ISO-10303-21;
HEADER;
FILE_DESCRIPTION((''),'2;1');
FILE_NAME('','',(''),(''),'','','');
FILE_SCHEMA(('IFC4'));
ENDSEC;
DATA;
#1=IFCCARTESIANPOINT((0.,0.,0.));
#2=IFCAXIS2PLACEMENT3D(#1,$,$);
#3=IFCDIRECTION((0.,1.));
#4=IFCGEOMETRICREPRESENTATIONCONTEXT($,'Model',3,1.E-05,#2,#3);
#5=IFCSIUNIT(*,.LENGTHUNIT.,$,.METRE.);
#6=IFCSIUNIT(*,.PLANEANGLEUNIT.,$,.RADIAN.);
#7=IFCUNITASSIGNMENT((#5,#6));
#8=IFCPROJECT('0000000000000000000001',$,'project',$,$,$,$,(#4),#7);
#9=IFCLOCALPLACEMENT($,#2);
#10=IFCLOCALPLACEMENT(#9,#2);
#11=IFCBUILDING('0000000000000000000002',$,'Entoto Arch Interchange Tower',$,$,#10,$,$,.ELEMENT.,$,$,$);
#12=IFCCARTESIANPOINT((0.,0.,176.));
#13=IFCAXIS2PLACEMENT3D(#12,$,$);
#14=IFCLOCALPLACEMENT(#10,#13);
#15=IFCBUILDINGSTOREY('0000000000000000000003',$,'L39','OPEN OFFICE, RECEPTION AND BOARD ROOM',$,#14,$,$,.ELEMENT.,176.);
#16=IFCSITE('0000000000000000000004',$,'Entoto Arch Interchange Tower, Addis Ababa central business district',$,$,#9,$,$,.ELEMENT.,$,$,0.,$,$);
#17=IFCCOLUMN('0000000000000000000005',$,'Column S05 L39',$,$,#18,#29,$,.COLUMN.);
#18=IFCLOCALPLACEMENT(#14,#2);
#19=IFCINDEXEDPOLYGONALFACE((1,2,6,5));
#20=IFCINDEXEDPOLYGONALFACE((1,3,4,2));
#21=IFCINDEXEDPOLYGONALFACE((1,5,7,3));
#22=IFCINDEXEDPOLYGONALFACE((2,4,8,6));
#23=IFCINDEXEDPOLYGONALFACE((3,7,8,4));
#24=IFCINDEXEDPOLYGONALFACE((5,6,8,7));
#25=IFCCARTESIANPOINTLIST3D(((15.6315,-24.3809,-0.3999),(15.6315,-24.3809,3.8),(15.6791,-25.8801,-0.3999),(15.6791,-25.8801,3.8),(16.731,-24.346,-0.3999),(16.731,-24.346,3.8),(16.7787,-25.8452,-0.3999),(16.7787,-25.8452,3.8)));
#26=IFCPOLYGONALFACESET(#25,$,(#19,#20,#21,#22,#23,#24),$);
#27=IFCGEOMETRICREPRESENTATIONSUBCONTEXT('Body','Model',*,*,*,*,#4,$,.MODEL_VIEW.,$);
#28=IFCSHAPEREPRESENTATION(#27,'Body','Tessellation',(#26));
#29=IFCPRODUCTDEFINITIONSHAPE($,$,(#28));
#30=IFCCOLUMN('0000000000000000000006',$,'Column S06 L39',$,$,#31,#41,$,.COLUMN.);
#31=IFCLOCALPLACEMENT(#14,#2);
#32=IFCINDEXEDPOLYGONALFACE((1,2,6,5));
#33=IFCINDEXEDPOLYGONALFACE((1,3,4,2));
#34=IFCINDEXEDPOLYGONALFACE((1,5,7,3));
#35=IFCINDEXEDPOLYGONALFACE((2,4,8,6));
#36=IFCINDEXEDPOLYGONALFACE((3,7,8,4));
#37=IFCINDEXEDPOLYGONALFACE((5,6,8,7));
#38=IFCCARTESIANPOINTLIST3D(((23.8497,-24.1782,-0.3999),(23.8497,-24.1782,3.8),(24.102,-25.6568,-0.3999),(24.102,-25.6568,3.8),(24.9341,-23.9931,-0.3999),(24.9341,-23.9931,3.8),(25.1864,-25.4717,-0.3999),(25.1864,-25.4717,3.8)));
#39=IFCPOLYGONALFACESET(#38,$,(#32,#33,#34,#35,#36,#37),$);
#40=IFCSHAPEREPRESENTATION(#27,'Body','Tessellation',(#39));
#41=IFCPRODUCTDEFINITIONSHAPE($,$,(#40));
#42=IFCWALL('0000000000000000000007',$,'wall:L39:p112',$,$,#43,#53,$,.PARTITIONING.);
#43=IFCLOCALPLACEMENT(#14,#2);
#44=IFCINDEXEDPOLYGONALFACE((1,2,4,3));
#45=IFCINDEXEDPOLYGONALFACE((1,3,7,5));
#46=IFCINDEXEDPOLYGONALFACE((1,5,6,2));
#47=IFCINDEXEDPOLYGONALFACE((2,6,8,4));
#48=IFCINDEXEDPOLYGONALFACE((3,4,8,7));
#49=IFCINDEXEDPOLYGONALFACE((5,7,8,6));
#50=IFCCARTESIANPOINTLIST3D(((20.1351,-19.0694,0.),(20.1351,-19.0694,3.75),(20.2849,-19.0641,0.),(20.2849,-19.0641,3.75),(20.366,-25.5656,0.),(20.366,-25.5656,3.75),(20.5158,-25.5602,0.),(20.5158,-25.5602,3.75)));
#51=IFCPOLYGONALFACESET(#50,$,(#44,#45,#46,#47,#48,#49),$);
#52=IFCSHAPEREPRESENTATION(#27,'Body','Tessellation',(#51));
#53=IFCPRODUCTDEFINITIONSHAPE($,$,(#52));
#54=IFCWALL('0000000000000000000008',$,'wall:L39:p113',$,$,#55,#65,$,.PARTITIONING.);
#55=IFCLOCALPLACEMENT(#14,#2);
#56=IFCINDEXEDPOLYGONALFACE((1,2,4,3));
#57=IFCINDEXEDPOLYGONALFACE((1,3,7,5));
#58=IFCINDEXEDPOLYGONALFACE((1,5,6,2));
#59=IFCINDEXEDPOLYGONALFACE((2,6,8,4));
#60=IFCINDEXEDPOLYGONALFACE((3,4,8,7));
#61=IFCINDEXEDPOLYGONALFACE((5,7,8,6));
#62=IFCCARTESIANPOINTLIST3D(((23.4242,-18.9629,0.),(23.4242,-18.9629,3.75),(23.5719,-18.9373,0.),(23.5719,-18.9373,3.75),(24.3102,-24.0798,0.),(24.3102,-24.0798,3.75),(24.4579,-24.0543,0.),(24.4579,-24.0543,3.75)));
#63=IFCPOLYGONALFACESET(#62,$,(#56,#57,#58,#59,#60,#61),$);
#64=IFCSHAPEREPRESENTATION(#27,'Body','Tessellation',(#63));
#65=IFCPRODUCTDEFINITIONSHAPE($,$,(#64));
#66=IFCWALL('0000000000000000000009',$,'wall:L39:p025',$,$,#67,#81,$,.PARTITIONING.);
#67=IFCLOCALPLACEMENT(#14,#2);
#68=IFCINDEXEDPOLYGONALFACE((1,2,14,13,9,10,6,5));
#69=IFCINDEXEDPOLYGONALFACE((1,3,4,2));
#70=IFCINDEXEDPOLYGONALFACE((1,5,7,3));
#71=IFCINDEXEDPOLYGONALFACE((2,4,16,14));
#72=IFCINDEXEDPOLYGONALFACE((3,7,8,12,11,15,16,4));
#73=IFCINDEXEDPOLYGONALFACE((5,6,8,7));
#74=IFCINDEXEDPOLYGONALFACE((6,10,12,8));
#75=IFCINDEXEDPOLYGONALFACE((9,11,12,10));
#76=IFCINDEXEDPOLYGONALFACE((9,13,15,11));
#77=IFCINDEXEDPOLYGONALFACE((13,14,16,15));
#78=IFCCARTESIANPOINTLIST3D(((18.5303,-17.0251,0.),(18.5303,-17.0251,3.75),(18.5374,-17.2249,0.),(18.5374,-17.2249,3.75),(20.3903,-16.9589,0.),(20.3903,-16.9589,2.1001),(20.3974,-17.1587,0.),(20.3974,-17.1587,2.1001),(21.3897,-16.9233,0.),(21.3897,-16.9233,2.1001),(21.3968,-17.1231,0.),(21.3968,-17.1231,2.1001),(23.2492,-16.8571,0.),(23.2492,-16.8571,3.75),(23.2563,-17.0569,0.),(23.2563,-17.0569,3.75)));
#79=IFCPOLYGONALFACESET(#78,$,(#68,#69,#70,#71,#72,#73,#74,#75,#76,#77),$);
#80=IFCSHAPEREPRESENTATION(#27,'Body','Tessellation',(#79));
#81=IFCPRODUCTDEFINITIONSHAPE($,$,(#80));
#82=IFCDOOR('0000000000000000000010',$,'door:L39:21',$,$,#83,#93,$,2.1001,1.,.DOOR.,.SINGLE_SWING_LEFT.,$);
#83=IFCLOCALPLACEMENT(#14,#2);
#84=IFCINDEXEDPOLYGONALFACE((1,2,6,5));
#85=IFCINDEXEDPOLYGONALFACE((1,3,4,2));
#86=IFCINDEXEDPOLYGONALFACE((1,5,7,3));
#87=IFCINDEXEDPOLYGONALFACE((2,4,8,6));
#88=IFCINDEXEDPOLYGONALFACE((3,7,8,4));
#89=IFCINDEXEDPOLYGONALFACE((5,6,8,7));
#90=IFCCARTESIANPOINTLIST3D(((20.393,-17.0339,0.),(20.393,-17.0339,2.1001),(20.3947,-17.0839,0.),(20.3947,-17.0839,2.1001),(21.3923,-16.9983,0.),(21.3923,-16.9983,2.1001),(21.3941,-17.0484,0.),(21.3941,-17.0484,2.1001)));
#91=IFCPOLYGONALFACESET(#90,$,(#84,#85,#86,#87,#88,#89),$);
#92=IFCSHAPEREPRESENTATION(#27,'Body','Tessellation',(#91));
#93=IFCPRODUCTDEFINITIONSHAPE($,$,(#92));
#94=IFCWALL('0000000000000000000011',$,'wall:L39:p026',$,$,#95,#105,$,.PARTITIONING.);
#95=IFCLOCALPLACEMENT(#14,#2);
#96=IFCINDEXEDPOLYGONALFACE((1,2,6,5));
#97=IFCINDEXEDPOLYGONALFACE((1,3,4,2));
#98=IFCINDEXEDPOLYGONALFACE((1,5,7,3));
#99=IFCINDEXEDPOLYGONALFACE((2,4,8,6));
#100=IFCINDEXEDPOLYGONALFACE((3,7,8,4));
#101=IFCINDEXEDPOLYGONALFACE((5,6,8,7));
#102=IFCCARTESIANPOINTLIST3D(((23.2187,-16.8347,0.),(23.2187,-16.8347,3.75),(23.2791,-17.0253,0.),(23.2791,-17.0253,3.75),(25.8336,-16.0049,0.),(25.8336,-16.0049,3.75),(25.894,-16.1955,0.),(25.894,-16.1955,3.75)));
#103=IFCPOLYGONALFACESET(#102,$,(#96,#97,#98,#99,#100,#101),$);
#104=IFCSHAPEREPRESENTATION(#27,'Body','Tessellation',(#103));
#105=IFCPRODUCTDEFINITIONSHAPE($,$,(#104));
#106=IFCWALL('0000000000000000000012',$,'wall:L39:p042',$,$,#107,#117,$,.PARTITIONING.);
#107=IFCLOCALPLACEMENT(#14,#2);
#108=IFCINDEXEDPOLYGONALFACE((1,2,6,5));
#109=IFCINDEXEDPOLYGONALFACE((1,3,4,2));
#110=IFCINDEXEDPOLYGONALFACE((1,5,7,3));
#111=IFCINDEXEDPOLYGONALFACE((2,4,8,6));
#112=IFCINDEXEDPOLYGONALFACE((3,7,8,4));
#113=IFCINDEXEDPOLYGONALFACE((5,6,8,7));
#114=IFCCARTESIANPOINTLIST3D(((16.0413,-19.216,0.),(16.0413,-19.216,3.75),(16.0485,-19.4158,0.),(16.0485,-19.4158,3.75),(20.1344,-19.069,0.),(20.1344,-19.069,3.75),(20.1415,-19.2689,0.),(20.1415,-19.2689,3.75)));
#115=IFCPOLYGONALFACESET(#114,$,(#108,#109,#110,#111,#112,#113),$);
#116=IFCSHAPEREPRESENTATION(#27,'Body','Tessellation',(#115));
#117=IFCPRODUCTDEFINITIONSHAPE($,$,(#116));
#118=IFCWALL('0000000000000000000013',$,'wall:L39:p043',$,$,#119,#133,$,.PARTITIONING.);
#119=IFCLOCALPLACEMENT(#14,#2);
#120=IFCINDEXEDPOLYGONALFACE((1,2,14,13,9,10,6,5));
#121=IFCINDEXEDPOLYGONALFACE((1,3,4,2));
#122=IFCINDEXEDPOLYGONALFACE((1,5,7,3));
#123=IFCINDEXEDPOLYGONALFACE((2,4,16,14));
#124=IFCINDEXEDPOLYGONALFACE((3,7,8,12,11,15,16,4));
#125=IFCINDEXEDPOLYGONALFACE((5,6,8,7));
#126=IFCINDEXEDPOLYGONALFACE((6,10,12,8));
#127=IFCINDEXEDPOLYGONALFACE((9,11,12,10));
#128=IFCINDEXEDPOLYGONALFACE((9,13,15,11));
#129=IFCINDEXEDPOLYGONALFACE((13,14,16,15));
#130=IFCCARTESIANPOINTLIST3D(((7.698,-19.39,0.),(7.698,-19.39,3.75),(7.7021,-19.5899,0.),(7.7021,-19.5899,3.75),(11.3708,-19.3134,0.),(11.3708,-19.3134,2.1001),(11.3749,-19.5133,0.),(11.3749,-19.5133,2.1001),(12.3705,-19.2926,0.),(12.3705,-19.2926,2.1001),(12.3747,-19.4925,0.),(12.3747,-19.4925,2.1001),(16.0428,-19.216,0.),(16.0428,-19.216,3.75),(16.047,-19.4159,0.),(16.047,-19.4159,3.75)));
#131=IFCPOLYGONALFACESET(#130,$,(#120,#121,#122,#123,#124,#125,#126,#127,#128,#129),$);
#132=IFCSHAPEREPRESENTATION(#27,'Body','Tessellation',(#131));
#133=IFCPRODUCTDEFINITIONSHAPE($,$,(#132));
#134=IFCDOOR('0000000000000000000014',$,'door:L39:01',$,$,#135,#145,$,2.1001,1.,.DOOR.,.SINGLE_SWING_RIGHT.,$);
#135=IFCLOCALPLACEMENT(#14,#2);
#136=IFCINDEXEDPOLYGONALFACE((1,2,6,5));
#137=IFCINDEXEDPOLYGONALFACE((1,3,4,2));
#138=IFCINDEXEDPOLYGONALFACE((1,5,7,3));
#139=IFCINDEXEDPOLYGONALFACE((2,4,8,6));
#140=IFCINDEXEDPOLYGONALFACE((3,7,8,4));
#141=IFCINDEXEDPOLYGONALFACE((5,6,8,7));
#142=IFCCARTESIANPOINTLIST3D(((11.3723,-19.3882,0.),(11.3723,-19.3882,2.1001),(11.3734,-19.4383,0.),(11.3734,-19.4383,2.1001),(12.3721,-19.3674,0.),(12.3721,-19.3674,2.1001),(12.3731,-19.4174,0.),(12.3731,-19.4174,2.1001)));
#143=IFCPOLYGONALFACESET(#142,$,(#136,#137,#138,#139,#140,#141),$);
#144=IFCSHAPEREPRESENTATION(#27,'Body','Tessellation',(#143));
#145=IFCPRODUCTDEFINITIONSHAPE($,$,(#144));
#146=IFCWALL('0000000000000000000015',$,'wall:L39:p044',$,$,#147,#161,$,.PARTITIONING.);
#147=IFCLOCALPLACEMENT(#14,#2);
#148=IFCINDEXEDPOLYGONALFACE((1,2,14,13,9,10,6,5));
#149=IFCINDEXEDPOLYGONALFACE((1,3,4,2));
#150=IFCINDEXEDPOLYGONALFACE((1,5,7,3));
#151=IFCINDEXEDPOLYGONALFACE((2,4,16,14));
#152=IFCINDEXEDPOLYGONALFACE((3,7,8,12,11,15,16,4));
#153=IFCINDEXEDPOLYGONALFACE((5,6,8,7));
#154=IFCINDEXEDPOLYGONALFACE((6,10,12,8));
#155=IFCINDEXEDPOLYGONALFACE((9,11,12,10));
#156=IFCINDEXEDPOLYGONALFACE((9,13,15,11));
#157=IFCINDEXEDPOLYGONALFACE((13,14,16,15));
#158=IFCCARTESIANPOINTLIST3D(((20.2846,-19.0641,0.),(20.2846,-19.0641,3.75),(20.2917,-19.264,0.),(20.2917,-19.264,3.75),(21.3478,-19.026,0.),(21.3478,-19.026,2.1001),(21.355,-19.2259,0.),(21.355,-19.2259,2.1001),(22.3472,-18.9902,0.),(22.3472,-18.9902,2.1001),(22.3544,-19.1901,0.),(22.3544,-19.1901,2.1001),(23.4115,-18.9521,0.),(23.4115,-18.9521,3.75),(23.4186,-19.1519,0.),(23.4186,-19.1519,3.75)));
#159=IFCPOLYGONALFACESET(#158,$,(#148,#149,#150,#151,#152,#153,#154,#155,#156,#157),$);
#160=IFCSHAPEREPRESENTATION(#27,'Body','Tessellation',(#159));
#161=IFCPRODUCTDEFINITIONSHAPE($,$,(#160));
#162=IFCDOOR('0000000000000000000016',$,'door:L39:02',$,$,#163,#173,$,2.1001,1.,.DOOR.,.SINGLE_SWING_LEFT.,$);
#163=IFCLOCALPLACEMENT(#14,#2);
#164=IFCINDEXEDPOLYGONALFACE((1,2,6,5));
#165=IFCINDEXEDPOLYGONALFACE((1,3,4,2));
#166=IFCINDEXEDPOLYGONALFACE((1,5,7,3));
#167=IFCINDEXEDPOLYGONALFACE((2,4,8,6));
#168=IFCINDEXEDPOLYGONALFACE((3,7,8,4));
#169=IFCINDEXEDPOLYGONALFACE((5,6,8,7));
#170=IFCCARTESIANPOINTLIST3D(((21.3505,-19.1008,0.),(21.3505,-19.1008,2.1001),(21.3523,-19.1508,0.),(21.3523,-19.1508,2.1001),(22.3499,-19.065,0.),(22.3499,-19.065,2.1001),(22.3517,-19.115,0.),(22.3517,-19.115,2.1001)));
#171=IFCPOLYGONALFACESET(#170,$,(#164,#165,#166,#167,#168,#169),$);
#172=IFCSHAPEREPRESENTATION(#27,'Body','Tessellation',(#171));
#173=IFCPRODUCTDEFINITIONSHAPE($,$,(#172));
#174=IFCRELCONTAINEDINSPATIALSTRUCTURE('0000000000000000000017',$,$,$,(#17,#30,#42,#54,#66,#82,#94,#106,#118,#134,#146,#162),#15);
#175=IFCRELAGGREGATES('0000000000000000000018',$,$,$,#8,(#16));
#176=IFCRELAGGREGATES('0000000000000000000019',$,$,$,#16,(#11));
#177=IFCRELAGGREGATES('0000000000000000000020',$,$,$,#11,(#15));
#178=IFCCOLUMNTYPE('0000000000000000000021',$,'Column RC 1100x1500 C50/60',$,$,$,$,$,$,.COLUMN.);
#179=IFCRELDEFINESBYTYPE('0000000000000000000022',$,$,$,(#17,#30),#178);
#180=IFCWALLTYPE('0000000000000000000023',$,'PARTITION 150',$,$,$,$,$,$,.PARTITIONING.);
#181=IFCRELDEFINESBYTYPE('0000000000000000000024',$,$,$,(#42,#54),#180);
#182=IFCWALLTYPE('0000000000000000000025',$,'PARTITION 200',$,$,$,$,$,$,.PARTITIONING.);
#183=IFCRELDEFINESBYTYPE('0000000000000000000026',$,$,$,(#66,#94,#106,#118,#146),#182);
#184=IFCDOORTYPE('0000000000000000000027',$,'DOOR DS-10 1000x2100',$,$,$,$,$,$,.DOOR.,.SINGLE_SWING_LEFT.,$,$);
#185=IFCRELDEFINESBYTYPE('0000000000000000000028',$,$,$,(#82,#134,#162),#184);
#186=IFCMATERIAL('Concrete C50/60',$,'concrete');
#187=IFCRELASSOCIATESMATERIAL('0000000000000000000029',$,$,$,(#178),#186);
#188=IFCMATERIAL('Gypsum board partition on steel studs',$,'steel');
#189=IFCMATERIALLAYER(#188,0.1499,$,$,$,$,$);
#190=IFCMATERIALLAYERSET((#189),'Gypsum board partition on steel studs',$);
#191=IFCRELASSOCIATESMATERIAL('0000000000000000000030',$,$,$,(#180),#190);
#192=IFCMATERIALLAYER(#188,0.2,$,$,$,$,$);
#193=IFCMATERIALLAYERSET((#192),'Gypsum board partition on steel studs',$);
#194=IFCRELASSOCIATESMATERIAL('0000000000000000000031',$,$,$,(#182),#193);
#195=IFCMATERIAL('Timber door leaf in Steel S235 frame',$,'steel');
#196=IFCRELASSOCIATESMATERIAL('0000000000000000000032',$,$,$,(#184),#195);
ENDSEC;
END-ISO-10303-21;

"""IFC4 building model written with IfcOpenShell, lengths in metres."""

from ifc_helpers import new_model, si_unit, direction, frame, frame_2d, origin, origin_2d, place, context, subcontext, project, spatial, rectangle, extrude, material, layer, layer_set, material_profile, profile_set, type_object, element, fill, save


model = new_model("IFC4")

# Units and contexts
model_context = context("Model", 3, precision=1e-05, world=origin(), true_north=direction((0.0, 1.0)))
body_context = subcontext(model_context, "Body", "Model", "MODEL_VIEW")
ifc_project = project(units=[si_unit("LENGTHUNIT", "METRE"), si_unit("PLANEANGLEUNIT", "RADIAN")], contexts=[model_context])

# Site, building, storey
site_placement = place(None, origin())
site = spatial("IfcSite", under=ifc_project, at=site_placement, Name="Entoto Arch Interchange Tower, Addis Ababa central business district", CompositionType="ELEMENT", RefElevation=0.0)
building_placement = place(site_placement, origin())
building = spatial("IfcBuilding", under=site, at=building_placement, Name="Entoto Arch Interchange Tower", CompositionType="ELEMENT")
storey_placement = place(building_placement, frame((0.0, 0.0, 176.0)))
storey = spatial("IfcBuildingStorey", under=building, at=storey_placement, Name="L39", Description="OPEN OFFICE, RECEPTION AND BOARD ROOM", CompositionType="ELEMENT", Elevation=176.0)

# Columns
ifc_material_1 = material(Name="Concrete C50/60", Category="concrete")
ifc_material_profile = material_profile(ifc_material_1, rectangle(XDim=1.1001, YDim=1.5, at=origin_2d()))
ifc_profile_set = profile_set([ifc_material_profile], Name="Concrete C50/60")
column_type = type_object("IfcColumnType", Name="Column RC 1100x1500 C50/60", PredefinedType="COLUMN", material=ifc_profile_set)
for number, where, z_axis, x_axis, name in (
    (1, (16.2051, -25.113, -0.3999), (0.0, 0.0, 1.0), (0.999496, 0.031742, 0.0), "Column S05 L39"),
    (2, (24.5181, -24.825, -0.3999), (0.0, 0.0, 1.0), (0.985753, 0.168197, 0.0), "Column S06 L39"),
):
    element("IfcColumn", number, at=place(storey_placement, frame(where, z_axis=z_axis, x_axis=x_axis)), inside=storey, type_object=column_type, Name=name, PredefinedType="COLUMN", context=body_context, shape_type="SweptSolid", body=[
        extrude(rectangle(XDim=1.1001, YDim=1.5, at=origin_2d()), origin(), (0.0, 0.0, 1.0), 4.2),
    ])

# Walls
ifc_material_2 = material(Name="Gypsum board partition on steel studs", Category="steel")
ifc_layer_1 = layer(ifc_material_2, 0.1499)
ifc_layer_set_1 = layer_set([ifc_layer_1], Name="Gypsum board partition on steel studs")
wall_type_1 = type_object("IfcWallType", Name="PARTITION 150", PredefinedType="PARTITIONING", material=ifc_layer_set_1)
wall_1_placement = place(storey_placement, frame((20.21, -19.0669, 0.0), z_axis=(0.0, 0.0, 1.0), x_axis=(0.035531, -0.999369, 0.0)))
element("IfcWall", 3, at=wall_1_placement, inside=storey, type_object=wall_type_1, Name="wall:L39:p112", PredefinedType="PARTITIONING", context=body_context, shape_type="SweptSolid", body=[
    extrude(rectangle(XDim=6.5002, YDim=0.1499, at=frame_2d((3.25, 0.0))), origin(), (0.0, 0.0, 1.0), 3.75),
])
wall_2_placement = place(storey_placement, frame((23.498, -18.95, 0.0), z_axis=(0.0, 0.0, 1.0), x_axis=(0.170609, -0.985339, 0.0)))
element("IfcWall", 4, at=wall_2_placement, inside=storey, type_object=wall_type_1, Name="wall:L39:p113", PredefinedType="PARTITIONING", context=body_context, shape_type="SweptSolid", body=[
    extrude(rectangle(XDim=5.1931, YDim=0.1499, at=frame_2d((2.5967, 0.0))), origin(), (0.0, 0.0, 1.0), 3.75),
])

# Wall, opening, door
ifc_layer_2 = layer(ifc_material_2, 0.2)
ifc_layer_set_2 = layer_set([ifc_layer_2], Name="Gypsum board partition on steel studs")
wall_type_2 = type_object("IfcWallType", Name="PARTITION 200", PredefinedType="PARTITIONING", material=ifc_layer_set_2)
wall_3_placement = place(storey_placement, frame((18.5339, -17.125, 0.0), z_axis=(0.0, 0.0, 1.0), x_axis=(0.999367, 0.035572, 0.0)))
wall_3 = element("IfcWall", 5, at=wall_3_placement, inside=storey, type_object=wall_type_2, Name="wall:L39:p025", PredefinedType="PARTITIONING", context=body_context, shape_type="SweptSolid", body=[
    extrude(rectangle(XDim=4.7219, YDim=0.2, at=frame_2d((2.3608, 0.0))), origin(), (0.0, 0.0, 1.0), 3.75),
])
opening_1_placement = place(wall_3_placement, frame((1.8611, 0.0, 0.0)))
opening_1 = element("IfcOpeningElement", 6, at=opening_1_placement, cuts=wall_3, PredefinedType="OPENING", context=body_context, shape_type="SweptSolid", body=[
    extrude(rectangle(XDim=1.0, YDim=2.1001, at=frame_2d((0.5, 1.05))), frame((0.0, 0.1099, 0.0), z_axis=(0.0, -1.0, 0.0), x_axis=(1.0, 0.0, 0.0)), (0.0, 0.0, 1.0), 0.22),
])
ifc_material_3 = material(Name="Timber door leaf in Steel S235 frame", Category="steel")
door_type = type_object("IfcDoorType", Name="DOOR DS-10 1000x2100", OperationType="SINGLE_SWING_LEFT", PredefinedType="DOOR", material=ifc_material_3)
door_1_placement = place(opening_1_placement, origin())
door_1 = element("IfcDoor", 7, at=door_1_placement, inside=storey, type_object=door_type, Name="door:L39:21", OperationType="SINGLE_SWING_LEFT", OverallHeight=2.1001, OverallWidth=1.0, PredefinedType="DOOR", context=body_context, shape_type="SweptSolid", body=[
    extrude(rectangle(XDim=1.0, YDim=2.1001, at=frame_2d((0.5, 1.05))), frame((0.0, 0.0249, 0.0), z_axis=(0.0, -1.0, 0.0), x_axis=(1.0, 0.0, 0.0)), (0.0, 0.0, 1.0), 0.05),
])
fill(opening_1, door_1)

# Walls
wall_4_placement = place(storey_placement, frame((23.249, -16.9299, 0.0), z_axis=(0.0, 0.0, 1.0), x_axis=(0.953158, 0.302473, 0.0)))
element("IfcWall", 8, at=wall_4_placement, inside=storey, type_object=wall_type_2, Name="wall:L39:p026", PredefinedType="PARTITIONING", context=body_context, shape_type="SweptSolid", body=[
    extrude(rectangle(XDim=2.7434, YDim=0.2, at=frame_2d((1.3716, 0.0))), origin(), (0.0, 0.0, 1.0), 3.75),
])
wall_5_placement = place(storey_placement, frame((20.1379, -19.1689, 0.0), z_axis=(0.0, 0.0, 1.0), x_axis=(-0.999356, -0.035885, 0.0)))
element("IfcWall", 9, at=wall_5_placement, inside=storey, type_object=wall_type_2, Name="wall:L39:p042", PredefinedType="PARTITIONING", context=body_context, shape_type="SweptSolid", body=[
    extrude(rectangle(XDim=4.0957, YDim=0.2, at=frame_2d((2.0479, 0.0))), origin(), (0.0, 0.0, 1.0), 3.75),
])

# Walls, openings, doors
wall_6_placement = place(storey_placement, frame((16.0449, -19.3159, 0.0), z_axis=(0.0, 0.0, 1.0), x_axis=(-0.999783, -0.020855, 0.0)))
wall_6 = element("IfcWall", 10, at=wall_6_placement, inside=storey, type_object=wall_type_2, Name="wall:L39:p043", PredefinedType="PARTITIONING", context=body_context, shape_type="SweptSolid", body=[
    extrude(rectangle(XDim=8.3467, YDim=0.2, at=frame_2d((4.1733, 0.0))), origin(), (0.0, 0.0, 1.0), 3.75),
])
opening_2_placement = place(wall_6_placement, frame((3.6731, 0.0, 0.0)))
opening_2 = element("IfcOpeningElement", 11, at=opening_2_placement, cuts=wall_6, PredefinedType="OPENING", context=body_context, shape_type="SweptSolid", body=[
    extrude(rectangle(XDim=1.0, YDim=2.1001, at=frame_2d((0.5, 1.05))), frame((0.0, 0.1099, 0.0), z_axis=(0.0, -1.0, 0.0), x_axis=(1.0, 0.0, 0.0)), (0.0, 0.0, 1.0), 0.22),
])
door_2_placement = place(opening_2_placement, origin())
door_2 = element("IfcDoor", 12, at=door_2_placement, inside=storey, type_object=door_type, Name="door:L39:01", OperationType="SINGLE_SWING_RIGHT", OverallHeight=2.1001, OverallWidth=1.0, PredefinedType="DOOR", context=body_context, shape_type="SweptSolid", body=[
    extrude(rectangle(XDim=1.0, YDim=2.1001, at=frame_2d((0.5, 1.05))), frame((0.0, 0.0249, 0.0), z_axis=(0.0, -1.0, 0.0), x_axis=(1.0, 0.0, 0.0)), (0.0, 0.0, 1.0), 0.05),
])
fill(opening_2, door_2)
wall_7_placement = place(storey_placement, frame((23.415, -19.052, 0.0), z_axis=(0.0, 0.0, 1.0), x_axis=(-0.999358, -0.035814, 0.0)))
wall_7 = element("IfcWall", 13, at=wall_7_placement, inside=storey, type_object=wall_type_2, Name="wall:L39:p044", PredefinedType="PARTITIONING", context=body_context, shape_type="SweptSolid", body=[
    extrude(rectangle(XDim=3.1289, YDim=0.2, at=frame_2d((1.5645, 0.0))), origin(), (0.0, 0.0, 1.0), 3.75),
])
opening_3_placement = place(wall_7_placement, frame((1.0649, 0.0, 0.0)))
opening_3 = element("IfcOpeningElement", 14, at=opening_3_placement, cuts=wall_7, PredefinedType="OPENING", context=body_context, shape_type="SweptSolid", body=[
    extrude(rectangle(XDim=1.0, YDim=2.1001, at=frame_2d((0.5, 1.05))), frame((0.0, 0.1099, 0.0), z_axis=(0.0, -1.0, 0.0), x_axis=(1.0, 0.0, 0.0)), (0.0, 0.0, 1.0), 0.22),
])
door_3_placement = place(opening_3_placement, origin())
door_3 = element("IfcDoor", 15, at=door_3_placement, inside=storey, type_object=door_type, Name="door:L39:02", OperationType="SINGLE_SWING_LEFT", OverallHeight=2.1001, OverallWidth=1.0, PredefinedType="DOOR", context=body_context, shape_type="SweptSolid", body=[
    extrude(rectangle(XDim=1.0, YDim=2.1001, at=frame_2d((0.5, 1.05))), frame((0.0, 0.0249, 0.0), z_axis=(0.0, -1.0, 0.0), x_axis=(1.0, 0.0, 0.0)), (0.0, 0.0, 1.0), 0.05),
])
fill(opening_3, door_3)

save(model, "model.ifc")
